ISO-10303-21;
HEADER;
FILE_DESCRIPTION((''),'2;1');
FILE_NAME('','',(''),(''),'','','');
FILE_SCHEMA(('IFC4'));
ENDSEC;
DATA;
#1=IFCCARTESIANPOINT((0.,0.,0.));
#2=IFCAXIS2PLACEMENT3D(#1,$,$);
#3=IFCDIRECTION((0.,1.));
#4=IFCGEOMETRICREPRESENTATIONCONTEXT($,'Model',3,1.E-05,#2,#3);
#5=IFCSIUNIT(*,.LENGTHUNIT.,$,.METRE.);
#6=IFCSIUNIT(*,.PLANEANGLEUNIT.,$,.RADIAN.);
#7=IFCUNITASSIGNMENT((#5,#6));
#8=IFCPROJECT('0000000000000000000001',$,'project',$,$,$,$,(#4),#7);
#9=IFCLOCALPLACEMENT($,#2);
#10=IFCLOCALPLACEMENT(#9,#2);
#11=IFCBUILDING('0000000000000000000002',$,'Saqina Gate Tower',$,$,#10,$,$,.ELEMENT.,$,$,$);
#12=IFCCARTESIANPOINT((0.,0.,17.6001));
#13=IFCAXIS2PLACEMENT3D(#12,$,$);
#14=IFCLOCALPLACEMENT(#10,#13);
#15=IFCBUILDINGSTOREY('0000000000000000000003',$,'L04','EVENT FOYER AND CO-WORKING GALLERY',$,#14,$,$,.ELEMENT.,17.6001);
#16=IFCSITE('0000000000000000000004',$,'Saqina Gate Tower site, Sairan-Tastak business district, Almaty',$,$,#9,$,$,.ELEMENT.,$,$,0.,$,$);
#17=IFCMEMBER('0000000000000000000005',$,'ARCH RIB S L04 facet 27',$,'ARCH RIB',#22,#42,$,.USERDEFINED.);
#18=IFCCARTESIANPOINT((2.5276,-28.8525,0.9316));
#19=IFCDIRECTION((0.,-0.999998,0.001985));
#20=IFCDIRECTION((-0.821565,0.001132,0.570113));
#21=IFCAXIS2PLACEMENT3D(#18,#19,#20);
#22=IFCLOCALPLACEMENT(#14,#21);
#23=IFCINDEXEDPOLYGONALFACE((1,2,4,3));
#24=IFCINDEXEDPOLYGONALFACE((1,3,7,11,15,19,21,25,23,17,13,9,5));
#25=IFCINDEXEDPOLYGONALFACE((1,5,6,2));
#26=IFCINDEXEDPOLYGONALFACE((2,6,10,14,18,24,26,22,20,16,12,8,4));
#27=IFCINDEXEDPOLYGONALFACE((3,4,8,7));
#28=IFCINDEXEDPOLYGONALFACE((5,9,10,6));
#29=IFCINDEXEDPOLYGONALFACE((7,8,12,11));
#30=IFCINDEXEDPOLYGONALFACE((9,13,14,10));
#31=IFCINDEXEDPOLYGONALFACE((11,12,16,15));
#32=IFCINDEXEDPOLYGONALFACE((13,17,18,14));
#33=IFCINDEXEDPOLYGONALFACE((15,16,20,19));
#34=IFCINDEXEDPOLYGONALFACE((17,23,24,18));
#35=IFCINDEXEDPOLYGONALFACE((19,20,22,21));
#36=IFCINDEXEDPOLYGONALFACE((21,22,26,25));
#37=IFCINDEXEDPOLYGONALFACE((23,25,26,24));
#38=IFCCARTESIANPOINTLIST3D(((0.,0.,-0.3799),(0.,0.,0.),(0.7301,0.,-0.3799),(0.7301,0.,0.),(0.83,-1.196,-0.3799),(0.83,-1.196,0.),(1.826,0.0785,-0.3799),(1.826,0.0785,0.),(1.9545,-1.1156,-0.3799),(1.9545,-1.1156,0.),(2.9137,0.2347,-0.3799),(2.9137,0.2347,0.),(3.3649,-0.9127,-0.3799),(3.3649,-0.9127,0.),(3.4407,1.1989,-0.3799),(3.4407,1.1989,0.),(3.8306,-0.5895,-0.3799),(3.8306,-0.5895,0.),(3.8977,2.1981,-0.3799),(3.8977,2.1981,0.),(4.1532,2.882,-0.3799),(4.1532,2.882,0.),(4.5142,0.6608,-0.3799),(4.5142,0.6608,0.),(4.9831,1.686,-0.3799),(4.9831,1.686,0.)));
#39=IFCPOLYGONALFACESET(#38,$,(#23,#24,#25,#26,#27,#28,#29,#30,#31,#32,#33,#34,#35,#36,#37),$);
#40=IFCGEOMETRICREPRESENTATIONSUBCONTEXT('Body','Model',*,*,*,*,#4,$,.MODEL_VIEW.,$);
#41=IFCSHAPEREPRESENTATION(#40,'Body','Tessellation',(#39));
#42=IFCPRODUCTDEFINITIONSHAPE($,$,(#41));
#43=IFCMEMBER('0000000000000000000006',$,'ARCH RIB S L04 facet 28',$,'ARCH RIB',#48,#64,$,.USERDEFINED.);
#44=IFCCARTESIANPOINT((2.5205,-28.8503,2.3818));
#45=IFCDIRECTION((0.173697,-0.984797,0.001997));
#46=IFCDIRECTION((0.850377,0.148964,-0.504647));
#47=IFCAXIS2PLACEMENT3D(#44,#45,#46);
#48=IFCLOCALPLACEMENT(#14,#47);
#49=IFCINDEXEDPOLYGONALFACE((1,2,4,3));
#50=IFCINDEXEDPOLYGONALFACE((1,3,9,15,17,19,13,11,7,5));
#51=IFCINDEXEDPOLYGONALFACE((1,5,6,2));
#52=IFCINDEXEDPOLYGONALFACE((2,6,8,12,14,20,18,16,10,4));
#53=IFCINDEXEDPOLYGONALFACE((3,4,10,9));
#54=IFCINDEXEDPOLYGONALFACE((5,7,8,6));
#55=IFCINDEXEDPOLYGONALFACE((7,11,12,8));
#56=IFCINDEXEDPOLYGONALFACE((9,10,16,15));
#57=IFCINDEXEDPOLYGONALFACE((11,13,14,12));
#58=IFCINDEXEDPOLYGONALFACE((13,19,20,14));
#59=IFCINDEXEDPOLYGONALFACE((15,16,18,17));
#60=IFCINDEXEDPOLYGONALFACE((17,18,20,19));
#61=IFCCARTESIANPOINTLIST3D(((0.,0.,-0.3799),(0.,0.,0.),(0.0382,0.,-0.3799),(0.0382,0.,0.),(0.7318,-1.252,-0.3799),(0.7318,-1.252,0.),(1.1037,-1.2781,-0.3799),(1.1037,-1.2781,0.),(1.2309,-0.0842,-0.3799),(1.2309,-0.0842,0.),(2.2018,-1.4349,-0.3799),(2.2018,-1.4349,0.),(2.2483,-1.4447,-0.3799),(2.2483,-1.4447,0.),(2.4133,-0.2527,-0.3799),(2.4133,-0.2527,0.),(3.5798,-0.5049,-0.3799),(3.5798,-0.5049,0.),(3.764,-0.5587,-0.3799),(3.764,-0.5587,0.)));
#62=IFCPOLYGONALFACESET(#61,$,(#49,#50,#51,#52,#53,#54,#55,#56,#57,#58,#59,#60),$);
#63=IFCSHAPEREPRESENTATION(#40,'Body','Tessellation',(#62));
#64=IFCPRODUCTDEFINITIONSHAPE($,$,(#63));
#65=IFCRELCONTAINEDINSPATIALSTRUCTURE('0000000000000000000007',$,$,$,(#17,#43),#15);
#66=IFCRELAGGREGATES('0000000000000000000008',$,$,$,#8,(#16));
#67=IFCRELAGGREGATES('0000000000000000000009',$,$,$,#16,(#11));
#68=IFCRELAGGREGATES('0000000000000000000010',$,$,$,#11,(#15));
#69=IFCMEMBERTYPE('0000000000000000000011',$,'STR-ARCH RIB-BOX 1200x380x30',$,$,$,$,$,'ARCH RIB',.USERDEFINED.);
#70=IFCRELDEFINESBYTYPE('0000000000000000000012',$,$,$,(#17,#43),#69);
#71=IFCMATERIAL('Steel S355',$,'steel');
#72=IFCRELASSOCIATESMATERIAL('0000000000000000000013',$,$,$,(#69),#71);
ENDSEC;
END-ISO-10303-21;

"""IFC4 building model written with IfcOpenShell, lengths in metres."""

from ifc_helpers import new_model, si_unit, direction, frame, origin, origin_2d, place, context, subcontext, project, spatial, polyline, hollow_rectangle, outline, extrude, material, material_profile, profile_set, type_object, element, save


model = new_model("IFC4")

# Units and contexts
model_context = context("Model", 3, precision=1e-05, world=origin(), true_north=direction((0.0, 1.0)))
body_context = subcontext(model_context, "Body", "Model", "MODEL_VIEW")
ifc_project = project(units=[si_unit("LENGTHUNIT", "METRE"), si_unit("PLANEANGLEUNIT", "RADIAN")], contexts=[model_context])

# Site, building, storey
site_placement = place(None, origin())
site = spatial("IfcSite", under=ifc_project, at=site_placement, Name="Saqina Gate Tower site, Sairan-Tastak business district, Almaty", CompositionType="ELEMENT", RefElevation=0.0)
building_placement = place(site_placement, origin())
building = spatial("IfcBuilding", under=site, at=building_placement, Name="Saqina Gate Tower", CompositionType="ELEMENT")
storey_placement = place(building_placement, frame((0.0, 0.0, 17.6001)))
storey = spatial("IfcBuildingStorey", under=building, at=storey_placement, Name="L04", Description="EVENT FOYER AND CO-WORKING GALLERY", CompositionType="ELEMENT", Elevation=17.6001)

# Members
ifc_material_1 = material(Name="Steel S355", Category="steel")
ifc_material_profile_1 = material_profile(ifc_material_1, hollow_rectangle(XDim=1.2, YDim=0.3799, WallThickness=0.03, at=origin_2d()), Name="BOX 1200x380x30")
ifc_profile_set_1 = profile_set([ifc_material_profile_1], Name="Steel S355")
member_type_1 = type_object("IfcMemberType", Name="STR-ARCH RIB-BOX 1200x380x30", ElementType="ARCH RIB", PredefinedType="USERDEFINED", material=ifc_profile_set_1)
member_1_placement = place(storey_placement, frame((2.5276, -28.8525, 0.9316), z_axis=(0.0, -0.999998, 0.001985), x_axis=(-0.821565, 0.001132, 0.570113)))
element("IfcMember", 1, at=member_1_placement, inside=storey, type_object=member_type_1, Name="ARCH RIB S L04 facet 27", ObjectType="ARCH RIB", PredefinedType="USERDEFINED", context=body_context, shape_type="SweptSolid", body=[
    extrude(outline(polyline([(0.0, 0.0), (0.7301, 0.0), (1.826, 0.0785), (2.9137, 0.2347), (3.4407, 1.1989), (3.8977, 2.1981), (4.1532, 2.882), (4.9831, 1.686), (4.5142, 0.6608), (3.8306, -0.5895), (3.3649, -0.9127), (1.9545, -1.1156), (0.83, -1.196), (0.0, 0.0)])), origin(), (0.0, 0.0, -1.0), 0.3799),
])
member_2_placement = place(storey_placement, frame((2.5205, -28.8503, 2.3818), z_axis=(0.173697, -0.984797, 0.001997), x_axis=(0.850377, 0.148964, -0.504647)))
element("IfcMember", 2, at=member_2_placement, inside=storey, type_object=member_type_1, Name="ARCH RIB S L04 facet 28", ObjectType="ARCH RIB", PredefinedType="USERDEFINED", context=body_context, shape_type="SweptSolid", body=[
    extrude(outline(polyline([(0.0, 0.0), (0.0382, 0.0), (1.2309, -0.0842), (2.4133, -0.2527), (3.5798, -0.5049), (3.764, -0.5587), (2.2483, -1.4447), (2.2018, -1.4349), (1.1037, -1.2781), (0.7318, -1.252), (0.0, 0.0)])), origin(), (0.0, 0.0, -1.0), 0.3799),
])

save(model, "model.ifc")
